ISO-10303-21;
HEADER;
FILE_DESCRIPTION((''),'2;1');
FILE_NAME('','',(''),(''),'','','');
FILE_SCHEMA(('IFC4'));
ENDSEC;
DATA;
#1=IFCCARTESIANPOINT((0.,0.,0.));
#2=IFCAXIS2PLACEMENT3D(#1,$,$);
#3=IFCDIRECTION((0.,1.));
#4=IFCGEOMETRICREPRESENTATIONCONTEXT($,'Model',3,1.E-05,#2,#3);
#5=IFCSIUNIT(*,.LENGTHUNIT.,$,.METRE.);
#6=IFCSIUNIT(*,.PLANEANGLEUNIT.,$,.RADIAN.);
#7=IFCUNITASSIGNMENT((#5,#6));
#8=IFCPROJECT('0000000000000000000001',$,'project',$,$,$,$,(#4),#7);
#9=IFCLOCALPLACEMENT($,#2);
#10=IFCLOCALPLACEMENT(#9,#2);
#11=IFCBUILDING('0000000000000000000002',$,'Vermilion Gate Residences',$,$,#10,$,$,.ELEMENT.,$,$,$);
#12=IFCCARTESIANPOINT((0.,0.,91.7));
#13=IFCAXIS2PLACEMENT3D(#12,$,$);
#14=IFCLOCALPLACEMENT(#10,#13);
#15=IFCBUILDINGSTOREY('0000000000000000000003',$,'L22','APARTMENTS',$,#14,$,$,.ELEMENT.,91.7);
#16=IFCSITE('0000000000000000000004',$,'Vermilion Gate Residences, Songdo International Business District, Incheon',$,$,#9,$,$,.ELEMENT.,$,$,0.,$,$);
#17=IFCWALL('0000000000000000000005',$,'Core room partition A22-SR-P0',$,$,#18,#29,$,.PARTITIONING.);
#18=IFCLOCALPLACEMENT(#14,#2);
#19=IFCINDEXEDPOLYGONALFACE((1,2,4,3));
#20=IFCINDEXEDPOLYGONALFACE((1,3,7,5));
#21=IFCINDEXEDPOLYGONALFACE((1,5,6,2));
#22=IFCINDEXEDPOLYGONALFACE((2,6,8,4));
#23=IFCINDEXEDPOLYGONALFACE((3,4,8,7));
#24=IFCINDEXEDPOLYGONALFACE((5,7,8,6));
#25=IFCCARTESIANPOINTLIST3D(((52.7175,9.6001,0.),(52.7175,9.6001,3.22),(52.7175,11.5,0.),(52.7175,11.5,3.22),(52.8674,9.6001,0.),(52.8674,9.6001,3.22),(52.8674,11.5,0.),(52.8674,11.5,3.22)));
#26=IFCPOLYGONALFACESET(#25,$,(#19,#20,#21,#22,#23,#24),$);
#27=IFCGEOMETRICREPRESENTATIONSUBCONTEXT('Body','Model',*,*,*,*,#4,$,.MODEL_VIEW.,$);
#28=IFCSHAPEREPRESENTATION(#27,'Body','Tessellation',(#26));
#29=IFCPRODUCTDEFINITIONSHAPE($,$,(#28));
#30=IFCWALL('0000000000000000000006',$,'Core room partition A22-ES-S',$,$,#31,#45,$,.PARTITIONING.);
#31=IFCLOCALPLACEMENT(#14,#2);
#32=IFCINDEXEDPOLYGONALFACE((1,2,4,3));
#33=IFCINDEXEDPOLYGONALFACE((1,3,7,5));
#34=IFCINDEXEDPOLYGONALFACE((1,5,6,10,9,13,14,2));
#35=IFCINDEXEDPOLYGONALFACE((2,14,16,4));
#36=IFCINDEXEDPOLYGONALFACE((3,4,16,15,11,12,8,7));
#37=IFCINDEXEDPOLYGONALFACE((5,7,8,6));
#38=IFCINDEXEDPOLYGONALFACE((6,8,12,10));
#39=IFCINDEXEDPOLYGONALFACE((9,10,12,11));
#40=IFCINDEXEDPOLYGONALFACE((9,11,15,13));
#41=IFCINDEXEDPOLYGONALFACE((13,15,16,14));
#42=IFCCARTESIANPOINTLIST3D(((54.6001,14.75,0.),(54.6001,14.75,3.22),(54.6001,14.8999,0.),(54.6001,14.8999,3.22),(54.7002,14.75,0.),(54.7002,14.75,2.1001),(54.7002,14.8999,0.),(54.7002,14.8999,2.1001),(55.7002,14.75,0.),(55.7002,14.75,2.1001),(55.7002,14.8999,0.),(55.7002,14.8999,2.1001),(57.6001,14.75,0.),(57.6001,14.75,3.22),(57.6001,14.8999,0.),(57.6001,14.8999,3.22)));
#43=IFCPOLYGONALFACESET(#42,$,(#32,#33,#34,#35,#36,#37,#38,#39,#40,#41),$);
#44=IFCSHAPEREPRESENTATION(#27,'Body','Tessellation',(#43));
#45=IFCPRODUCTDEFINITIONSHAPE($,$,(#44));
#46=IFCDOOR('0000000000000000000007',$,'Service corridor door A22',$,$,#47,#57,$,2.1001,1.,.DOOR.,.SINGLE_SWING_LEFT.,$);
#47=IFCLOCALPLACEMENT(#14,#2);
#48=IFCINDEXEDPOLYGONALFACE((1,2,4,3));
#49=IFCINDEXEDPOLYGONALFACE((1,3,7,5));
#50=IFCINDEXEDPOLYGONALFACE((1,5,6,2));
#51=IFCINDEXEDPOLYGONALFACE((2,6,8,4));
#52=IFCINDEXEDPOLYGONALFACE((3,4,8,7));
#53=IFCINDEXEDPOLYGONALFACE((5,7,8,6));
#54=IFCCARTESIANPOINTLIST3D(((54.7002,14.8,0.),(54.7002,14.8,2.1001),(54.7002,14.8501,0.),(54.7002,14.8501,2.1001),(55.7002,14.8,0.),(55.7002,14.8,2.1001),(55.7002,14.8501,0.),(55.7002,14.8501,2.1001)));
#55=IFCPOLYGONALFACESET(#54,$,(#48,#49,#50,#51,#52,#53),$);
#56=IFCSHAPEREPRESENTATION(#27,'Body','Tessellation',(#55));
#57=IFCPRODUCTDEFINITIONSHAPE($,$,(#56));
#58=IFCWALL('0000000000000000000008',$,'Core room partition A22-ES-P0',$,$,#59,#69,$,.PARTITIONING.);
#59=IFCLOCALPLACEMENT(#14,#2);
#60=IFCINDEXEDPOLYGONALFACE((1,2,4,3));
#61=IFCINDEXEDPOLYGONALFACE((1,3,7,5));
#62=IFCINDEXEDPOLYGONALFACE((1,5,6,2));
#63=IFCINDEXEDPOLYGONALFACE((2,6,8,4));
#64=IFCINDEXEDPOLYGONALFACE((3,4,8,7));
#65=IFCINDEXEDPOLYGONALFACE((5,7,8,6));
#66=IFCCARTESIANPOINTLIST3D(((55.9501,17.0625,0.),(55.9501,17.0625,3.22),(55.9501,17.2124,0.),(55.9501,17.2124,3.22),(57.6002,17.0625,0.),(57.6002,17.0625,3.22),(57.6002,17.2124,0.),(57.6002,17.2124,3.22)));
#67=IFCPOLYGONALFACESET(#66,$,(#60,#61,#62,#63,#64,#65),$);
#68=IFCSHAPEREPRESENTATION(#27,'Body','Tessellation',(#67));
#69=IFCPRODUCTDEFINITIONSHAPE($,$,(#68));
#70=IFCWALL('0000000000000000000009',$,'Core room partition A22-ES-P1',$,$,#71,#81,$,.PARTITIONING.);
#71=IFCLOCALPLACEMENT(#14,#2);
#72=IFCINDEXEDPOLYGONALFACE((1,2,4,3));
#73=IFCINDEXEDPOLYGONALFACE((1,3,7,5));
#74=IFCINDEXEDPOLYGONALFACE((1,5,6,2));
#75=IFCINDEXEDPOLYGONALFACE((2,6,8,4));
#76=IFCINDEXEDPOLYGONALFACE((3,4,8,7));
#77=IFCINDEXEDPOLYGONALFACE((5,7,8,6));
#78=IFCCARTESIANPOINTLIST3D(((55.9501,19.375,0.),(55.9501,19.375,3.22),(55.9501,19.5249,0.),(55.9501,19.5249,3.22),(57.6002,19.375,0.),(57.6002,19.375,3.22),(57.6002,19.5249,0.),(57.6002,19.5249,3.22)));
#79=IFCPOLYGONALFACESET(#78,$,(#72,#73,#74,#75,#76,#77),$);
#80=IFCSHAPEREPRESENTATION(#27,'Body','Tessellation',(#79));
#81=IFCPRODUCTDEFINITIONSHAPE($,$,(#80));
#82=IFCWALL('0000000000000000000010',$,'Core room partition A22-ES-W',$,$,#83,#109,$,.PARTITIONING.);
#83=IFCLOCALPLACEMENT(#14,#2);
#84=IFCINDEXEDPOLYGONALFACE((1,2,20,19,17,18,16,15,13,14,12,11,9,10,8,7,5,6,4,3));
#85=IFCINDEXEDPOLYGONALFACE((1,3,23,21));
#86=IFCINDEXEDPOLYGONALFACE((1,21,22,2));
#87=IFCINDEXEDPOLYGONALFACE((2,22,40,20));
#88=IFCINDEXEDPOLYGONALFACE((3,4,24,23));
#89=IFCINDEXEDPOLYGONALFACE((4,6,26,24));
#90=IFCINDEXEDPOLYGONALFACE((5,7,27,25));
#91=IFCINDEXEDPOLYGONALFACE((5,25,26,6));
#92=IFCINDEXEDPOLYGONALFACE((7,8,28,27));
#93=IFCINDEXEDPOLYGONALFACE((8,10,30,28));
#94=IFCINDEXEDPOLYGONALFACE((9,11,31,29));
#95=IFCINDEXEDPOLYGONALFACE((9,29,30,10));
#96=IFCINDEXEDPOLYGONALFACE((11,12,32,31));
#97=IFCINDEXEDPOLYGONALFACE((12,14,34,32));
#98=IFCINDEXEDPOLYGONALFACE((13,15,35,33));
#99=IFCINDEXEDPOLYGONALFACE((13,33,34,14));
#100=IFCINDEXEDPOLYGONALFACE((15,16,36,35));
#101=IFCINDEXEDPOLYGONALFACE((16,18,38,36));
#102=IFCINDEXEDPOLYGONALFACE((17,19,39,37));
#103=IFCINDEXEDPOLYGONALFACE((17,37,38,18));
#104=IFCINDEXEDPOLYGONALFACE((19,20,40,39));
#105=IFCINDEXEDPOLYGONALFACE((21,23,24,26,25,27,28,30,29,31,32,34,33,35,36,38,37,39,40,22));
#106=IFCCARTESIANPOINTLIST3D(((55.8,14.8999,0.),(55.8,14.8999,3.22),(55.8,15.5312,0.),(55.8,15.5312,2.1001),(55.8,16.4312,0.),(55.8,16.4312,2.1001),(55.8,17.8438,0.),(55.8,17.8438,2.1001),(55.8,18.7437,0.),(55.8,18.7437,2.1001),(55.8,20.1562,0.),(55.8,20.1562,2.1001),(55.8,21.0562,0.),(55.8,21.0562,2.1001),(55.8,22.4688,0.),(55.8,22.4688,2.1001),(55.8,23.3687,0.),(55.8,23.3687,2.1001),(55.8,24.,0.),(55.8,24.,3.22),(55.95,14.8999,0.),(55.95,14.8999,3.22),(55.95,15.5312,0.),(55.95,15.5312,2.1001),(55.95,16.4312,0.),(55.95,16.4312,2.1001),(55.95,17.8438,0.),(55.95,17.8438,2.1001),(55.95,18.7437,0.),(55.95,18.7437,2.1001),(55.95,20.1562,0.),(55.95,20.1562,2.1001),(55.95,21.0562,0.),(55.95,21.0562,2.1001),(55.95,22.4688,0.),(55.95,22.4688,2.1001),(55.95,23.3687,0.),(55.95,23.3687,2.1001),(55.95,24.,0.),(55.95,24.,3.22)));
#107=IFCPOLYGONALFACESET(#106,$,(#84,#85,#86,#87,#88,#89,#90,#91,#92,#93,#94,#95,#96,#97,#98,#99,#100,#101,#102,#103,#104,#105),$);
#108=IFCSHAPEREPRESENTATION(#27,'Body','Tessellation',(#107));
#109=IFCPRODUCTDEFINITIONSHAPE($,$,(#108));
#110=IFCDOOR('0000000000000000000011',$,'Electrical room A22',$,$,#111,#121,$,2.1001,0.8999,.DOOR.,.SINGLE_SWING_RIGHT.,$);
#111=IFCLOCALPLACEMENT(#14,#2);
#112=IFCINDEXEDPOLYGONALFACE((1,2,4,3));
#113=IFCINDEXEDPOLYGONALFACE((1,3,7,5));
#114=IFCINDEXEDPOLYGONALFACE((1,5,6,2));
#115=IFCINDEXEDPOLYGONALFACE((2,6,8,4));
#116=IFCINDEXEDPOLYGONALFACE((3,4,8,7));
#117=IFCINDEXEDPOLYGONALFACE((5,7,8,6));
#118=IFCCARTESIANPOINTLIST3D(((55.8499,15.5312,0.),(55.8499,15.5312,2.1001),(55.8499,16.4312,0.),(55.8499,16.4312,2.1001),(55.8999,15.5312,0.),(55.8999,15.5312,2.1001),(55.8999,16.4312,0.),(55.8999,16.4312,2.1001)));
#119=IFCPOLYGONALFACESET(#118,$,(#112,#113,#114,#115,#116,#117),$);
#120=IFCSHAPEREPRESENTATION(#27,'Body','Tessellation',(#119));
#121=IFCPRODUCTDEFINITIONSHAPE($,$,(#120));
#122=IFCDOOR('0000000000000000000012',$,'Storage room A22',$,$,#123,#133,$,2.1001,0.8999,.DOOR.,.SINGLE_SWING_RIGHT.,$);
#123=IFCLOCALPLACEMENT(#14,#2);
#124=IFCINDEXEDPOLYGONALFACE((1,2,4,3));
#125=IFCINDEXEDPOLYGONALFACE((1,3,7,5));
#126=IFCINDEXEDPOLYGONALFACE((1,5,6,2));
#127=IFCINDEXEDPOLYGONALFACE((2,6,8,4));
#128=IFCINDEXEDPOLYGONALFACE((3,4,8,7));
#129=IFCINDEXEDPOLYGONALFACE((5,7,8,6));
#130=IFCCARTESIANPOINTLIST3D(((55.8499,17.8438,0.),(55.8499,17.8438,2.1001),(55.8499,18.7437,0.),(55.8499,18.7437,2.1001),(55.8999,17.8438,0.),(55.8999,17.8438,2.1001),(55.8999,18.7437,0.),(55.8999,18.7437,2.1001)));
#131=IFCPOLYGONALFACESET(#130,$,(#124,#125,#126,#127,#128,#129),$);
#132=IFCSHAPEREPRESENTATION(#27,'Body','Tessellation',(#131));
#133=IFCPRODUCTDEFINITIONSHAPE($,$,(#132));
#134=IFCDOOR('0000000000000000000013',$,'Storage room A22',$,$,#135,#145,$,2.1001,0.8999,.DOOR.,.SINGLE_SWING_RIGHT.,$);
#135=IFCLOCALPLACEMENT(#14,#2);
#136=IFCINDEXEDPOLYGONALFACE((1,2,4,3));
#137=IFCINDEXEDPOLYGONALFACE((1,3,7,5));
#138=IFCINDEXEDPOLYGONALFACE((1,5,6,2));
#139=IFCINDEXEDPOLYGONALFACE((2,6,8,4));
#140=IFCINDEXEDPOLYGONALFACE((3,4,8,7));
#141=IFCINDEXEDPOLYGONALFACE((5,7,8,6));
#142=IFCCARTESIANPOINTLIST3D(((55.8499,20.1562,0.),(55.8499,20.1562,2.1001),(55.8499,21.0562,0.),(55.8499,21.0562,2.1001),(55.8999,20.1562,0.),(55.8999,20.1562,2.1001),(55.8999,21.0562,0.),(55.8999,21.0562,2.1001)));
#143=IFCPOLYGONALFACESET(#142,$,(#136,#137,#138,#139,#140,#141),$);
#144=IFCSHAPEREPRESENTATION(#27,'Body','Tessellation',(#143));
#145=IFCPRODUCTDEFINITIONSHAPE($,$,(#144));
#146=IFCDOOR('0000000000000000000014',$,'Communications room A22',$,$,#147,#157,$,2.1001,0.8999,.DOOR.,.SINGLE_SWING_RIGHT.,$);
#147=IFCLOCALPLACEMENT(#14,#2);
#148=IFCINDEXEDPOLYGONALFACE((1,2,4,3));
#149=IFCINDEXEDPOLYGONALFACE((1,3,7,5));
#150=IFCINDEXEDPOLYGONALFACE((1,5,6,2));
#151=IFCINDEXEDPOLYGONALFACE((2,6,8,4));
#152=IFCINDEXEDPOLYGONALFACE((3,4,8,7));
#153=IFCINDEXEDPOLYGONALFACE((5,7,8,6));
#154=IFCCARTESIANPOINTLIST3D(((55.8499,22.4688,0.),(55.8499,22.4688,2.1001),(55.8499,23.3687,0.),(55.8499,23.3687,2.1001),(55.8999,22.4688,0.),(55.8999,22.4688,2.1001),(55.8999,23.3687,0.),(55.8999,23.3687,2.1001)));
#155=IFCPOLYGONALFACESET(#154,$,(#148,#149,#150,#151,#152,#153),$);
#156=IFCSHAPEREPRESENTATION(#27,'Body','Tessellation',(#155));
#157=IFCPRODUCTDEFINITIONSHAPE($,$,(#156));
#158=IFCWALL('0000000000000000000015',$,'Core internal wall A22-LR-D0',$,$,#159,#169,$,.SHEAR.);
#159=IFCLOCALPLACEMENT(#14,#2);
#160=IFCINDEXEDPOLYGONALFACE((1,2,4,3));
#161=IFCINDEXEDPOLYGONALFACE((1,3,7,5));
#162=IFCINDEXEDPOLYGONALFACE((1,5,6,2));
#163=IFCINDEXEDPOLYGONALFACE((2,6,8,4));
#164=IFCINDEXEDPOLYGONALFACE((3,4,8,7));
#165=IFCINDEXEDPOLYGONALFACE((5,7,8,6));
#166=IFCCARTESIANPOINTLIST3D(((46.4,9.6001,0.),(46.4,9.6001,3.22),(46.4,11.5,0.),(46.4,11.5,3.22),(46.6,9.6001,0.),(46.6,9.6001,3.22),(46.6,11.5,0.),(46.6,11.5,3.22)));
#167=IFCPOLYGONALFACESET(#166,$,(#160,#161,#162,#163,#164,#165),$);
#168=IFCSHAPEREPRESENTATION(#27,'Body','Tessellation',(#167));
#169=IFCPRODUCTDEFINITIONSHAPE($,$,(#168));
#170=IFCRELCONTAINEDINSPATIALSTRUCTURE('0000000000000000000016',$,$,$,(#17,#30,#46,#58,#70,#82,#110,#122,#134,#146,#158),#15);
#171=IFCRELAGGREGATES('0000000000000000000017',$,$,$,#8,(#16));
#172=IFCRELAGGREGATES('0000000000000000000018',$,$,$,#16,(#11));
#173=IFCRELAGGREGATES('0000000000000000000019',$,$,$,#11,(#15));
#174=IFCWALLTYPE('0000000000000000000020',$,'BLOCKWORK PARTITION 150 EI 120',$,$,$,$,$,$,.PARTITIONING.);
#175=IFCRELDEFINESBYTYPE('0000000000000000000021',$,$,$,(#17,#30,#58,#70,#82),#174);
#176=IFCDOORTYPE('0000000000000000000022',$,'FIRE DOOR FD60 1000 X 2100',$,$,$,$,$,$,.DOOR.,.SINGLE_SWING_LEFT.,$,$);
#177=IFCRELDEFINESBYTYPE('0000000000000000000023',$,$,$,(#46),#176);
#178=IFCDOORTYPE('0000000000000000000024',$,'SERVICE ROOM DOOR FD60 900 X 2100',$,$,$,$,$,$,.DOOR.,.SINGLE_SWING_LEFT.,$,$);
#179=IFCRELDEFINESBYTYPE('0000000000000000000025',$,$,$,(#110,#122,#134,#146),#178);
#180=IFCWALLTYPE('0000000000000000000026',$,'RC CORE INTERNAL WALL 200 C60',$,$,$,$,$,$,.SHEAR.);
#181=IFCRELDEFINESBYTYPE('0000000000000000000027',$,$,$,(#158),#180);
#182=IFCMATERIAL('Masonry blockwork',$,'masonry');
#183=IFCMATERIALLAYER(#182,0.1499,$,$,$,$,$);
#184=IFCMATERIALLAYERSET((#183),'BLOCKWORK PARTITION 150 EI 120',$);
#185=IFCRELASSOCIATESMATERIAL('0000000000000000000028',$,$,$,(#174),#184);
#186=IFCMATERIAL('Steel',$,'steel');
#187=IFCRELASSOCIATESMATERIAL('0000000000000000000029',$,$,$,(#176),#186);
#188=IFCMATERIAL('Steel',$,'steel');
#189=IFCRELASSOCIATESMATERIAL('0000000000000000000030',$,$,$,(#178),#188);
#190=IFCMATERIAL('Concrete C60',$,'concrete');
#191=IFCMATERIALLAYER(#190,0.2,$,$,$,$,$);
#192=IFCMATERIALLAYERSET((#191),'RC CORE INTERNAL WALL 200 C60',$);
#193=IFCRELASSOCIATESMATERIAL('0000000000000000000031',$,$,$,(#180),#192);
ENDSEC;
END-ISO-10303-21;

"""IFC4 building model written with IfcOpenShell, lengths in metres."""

from ifc_helpers import new_model, si_unit, direction, frame, frame_2d, origin, place, context, subcontext, project, spatial, rectangle, extrude, material, layer, layer_set, type_object, element, fill, save


model = new_model("IFC4")

# Units and contexts
model_context = context("Model", 3, precision=1e-05, world=origin(), true_north=direction((0.0, 1.0)))
body_context = subcontext(model_context, "Body", "Model", "MODEL_VIEW")
ifc_project = project(units=[si_unit("LENGTHUNIT", "METRE"), si_unit("PLANEANGLEUNIT", "RADIAN")], contexts=[model_context])

# Site, building, storey
site_placement = place(None, origin())
site = spatial("IfcSite", under=ifc_project, at=site_placement, Name="Vermilion Gate Residences, Songdo International Business District, Incheon", CompositionType="ELEMENT", RefElevation=0.0)
building_placement = place(site_placement, origin())
building = spatial("IfcBuilding", under=site, at=building_placement, Name="Vermilion Gate Residences", CompositionType="ELEMENT")
storey_placement = place(building_placement, frame((0.0, 0.0, 91.7)))
storey = spatial("IfcBuildingStorey", under=building, at=storey_placement, Name="L22", Description="APARTMENTS", CompositionType="ELEMENT", Elevation=91.7)

# Wall
ifc_material_1 = material(Name="Masonry blockwork", Category="masonry")
ifc_layer_1 = layer(ifc_material_1, 0.1499)
ifc_layer_set_1 = layer_set([ifc_layer_1], Name="BLOCKWORK PARTITION 150 EI 120")
wall_type_1 = type_object("IfcWallType", Name="BLOCKWORK PARTITION 150 EI 120", PredefinedType="PARTITIONING", material=ifc_layer_set_1)
wall_1_placement = place(storey_placement, frame((52.7925, 9.6001, 0.0), z_axis=(0.0, 0.0, 1.0), x_axis=(0.0, 1.0, 0.0)))
element("IfcWall", 1, at=wall_1_placement, inside=storey, type_object=wall_type_1, Name="Core room partition A22-SR-P0", PredefinedType="PARTITIONING", context=body_context, shape_type="SweptSolid", body=[
    extrude(rectangle(XDim=1.8999, YDim=0.1499, at=frame_2d((0.95, 0.0))), origin(), (0.0, 0.0, 1.0), 3.22),
])

# Wall, opening, door
wall_2_placement = place(storey_placement, frame((54.6001, 14.825, 0.0), z_axis=(0.0, 0.0, 1.0), x_axis=(1.0, 0.0, 0.0)))
wall_2 = element("IfcWall", 2, at=wall_2_placement, inside=storey, type_object=wall_type_1, Name="Core room partition A22-ES-S", PredefinedType="PARTITIONING", context=body_context, shape_type="SweptSolid", body=[
    extrude(rectangle(XDim=3.0, YDim=0.1499, at=frame_2d((1.5, 0.0))), origin(), (0.0, 0.0, 1.0), 3.22),
])
opening_1_placement = place(wall_2_placement, frame((0.1001, 0.0, 0.0)))
opening_1 = element("IfcOpeningElement", 3, at=opening_1_placement, cuts=wall_2, PredefinedType="OPENING", context=body_context, shape_type="SweptSolid", body=[
    extrude(rectangle(XDim=1.0, YDim=2.1001, at=frame_2d((0.5, 1.05))), frame((0.0, 0.085, 0.0), z_axis=(0.0, -1.0, 0.0), x_axis=(1.0, 0.0, 0.0)), (0.0, 0.0, 1.0), 0.1699),
])
ifc_material_2 = material(Name="Steel", Category="steel")
door_type_1 = type_object("IfcDoorType", Name="FIRE DOOR FD60 1000 X 2100", OperationType="SINGLE_SWING_LEFT", PredefinedType="DOOR", material=ifc_material_2)
door_1_placement = place(opening_1_placement, frame((1.0, 0.0, 0.0), z_axis=(0.0, 0.0, 1.0), x_axis=(-1.0, 0.0, 0.0)))
door_1 = element("IfcDoor", 4, at=door_1_placement, inside=storey, type_object=door_type_1, Name="Service corridor door A22", OperationType="SINGLE_SWING_LEFT", OverallHeight=2.1001, OverallWidth=1.0, PredefinedType="DOOR", context=body_context, shape_type="SweptSolid", body=[
    extrude(rectangle(XDim=1.0, YDim=2.1001, at=frame_2d((0.5, 1.05))), frame((0.0, 0.0249, 0.0), z_axis=(0.0, -1.0, 0.0), x_axis=(1.0, 0.0, 0.0)), (0.0, 0.0, 1.0), 0.05),
])
fill(opening_1, door_1)

# Walls
for number, where, z_axis, x_axis, name in (
    (5, (55.95, 17.1375, 0.0), (0.0, 0.0, 1.0), (1.0, 0.0, 0.0), "Core room partition A22-ES-P0"),
    (6, (55.95, 19.45, 0.0), (0.0, 0.0, 1.0), (1.0, 0.0, 0.0), "Core room partition A22-ES-P1"),
):
    element("IfcWall", number, at=place(storey_placement, frame(where, z_axis=z_axis, x_axis=x_axis)), inside=storey, type_object=wall_type_1, Name=name, PredefinedType="PARTITIONING", context=body_context, shape_type="SweptSolid", body=[
        extrude(rectangle(XDim=1.6501, YDim=0.1499, at=frame_2d((0.8252, 0.0))), origin(), (0.0, 0.0, 1.0), 3.22),
    ])

# Wall, openings, doors
wall_3_placement = place(storey_placement, frame((55.875, 14.8999, 0.0), z_axis=(0.0, 0.0, 1.0), x_axis=(0.0, 1.0, 0.0)))
wall_3 = element("IfcWall", 7, at=wall_3_placement, inside=storey, type_object=wall_type_1, Name="Core room partition A22-ES-W", PredefinedType="PARTITIONING", context=body_context, shape_type="SweptSolid", body=[
    extrude(rectangle(XDim=9.1001, YDim=0.1499, at=frame_2d((4.55, 0.0))), origin(), (0.0, 0.0, 1.0), 3.22),
])
opening_2_placement = place(wall_3_placement, frame((0.6313, 0.0, 0.0)))
opening_2 = element("IfcOpeningElement", 8, at=opening_2_placement, cuts=wall_3, PredefinedType="OPENING", context=body_context, shape_type="SweptSolid", body=[
    extrude(rectangle(XDim=0.8999, YDim=2.1001, at=frame_2d((0.45, 1.05))), frame((0.0, 0.085, 0.0), z_axis=(0.0, -1.0, 0.0), x_axis=(1.0, 0.0, 0.0)), (0.0, 0.0, 1.0), 0.1699),
])
opening_3_placement = place(wall_3_placement, frame((2.9438, 0.0, 0.0)))
opening_3 = element("IfcOpeningElement", 9, at=opening_3_placement, cuts=wall_3, PredefinedType="OPENING", context=body_context, shape_type="SweptSolid", body=[
    extrude(rectangle(XDim=0.8999, YDim=2.1001, at=frame_2d((0.45, 1.05))), frame((0.0, 0.085, 0.0), z_axis=(0.0, -1.0, 0.0), x_axis=(1.0, 0.0, 0.0)), (0.0, 0.0, 1.0), 0.1699),
])
opening_4_placement = place(wall_3_placement, frame((5.2563, 0.0, 0.0)))
opening_4 = element("IfcOpeningElement", 10, at=opening_4_placement, cuts=wall_3, PredefinedType="OPENING", context=body_context, shape_type="SweptSolid", body=[
    extrude(rectangle(XDim=0.8999, YDim=2.1001, at=frame_2d((0.45, 1.05))), frame((0.0, 0.085, 0.0), z_axis=(0.0, -1.0, 0.0), x_axis=(1.0, 0.0, 0.0)), (0.0, 0.0, 1.0), 0.1699),
])
opening_5_placement = place(wall_3_placement, frame((7.5688, 0.0, 0.0)))
opening_5 = element("IfcOpeningElement", 11, at=opening_5_placement, cuts=wall_3, PredefinedType="OPENING", context=body_context, shape_type="SweptSolid", body=[
    extrude(rectangle(XDim=0.8999, YDim=2.1001, at=frame_2d((0.45, 1.05))), frame((0.0, 0.085, 0.0), z_axis=(0.0, -1.0, 0.0), x_axis=(1.0, 0.0, 0.0)), (0.0, 0.0, 1.0), 0.1699),
])
ifc_material_3 = material(Name="Steel", Category="steel")
door_type_2 = type_object("IfcDoorType", Name="SERVICE ROOM DOOR FD60 900 X 2100", OperationType="SINGLE_SWING_LEFT", PredefinedType="DOOR", material=ifc_material_3)
door_2_placement = place(opening_2_placement, frame((0.8999, 0.0, 0.0), z_axis=(0.0, 0.0, 1.0), x_axis=(-1.0, 0.0, 0.0)))
door_2 = element("IfcDoor", 12, at=door_2_placement, inside=storey, type_object=door_type_2, Name="Electrical room A22", OperationType="SINGLE_SWING_RIGHT", OverallHeight=2.1001, OverallWidth=0.8999, PredefinedType="DOOR", context=body_context, shape_type="SweptSolid", body=[
    extrude(rectangle(XDim=0.8999, YDim=2.1001, at=frame_2d((0.45, 1.05))), frame((0.0, 0.0249, 0.0), z_axis=(0.0, -1.0, 0.0), x_axis=(1.0, 0.0, 0.0)), (0.0, 0.0, 1.0), 0.05),
])
fill(opening_2, door_2)
door_3_placement = place(opening_3_placement, frame((0.8999, 0.0, 0.0), z_axis=(0.0, 0.0, 1.0), x_axis=(-1.0, 0.0, 0.0)))
door_3 = element("IfcDoor", 13, at=door_3_placement, inside=storey, type_object=door_type_2, Name="Storage room A22", OperationType="SINGLE_SWING_RIGHT", OverallHeight=2.1001, OverallWidth=0.8999, PredefinedType="DOOR", context=body_context, shape_type="SweptSolid", body=[
    extrude(rectangle(XDim=0.8999, YDim=2.1001, at=frame_2d((0.45, 1.05))), frame((0.0, 0.0249, 0.0), z_axis=(0.0, -1.0, 0.0), x_axis=(1.0, 0.0, 0.0)), (0.0, 0.0, 1.0), 0.05),
])
fill(opening_3, door_3)
door_4_placement = place(opening_4_placement, frame((0.8999, 0.0, 0.0), z_axis=(0.0, 0.0, 1.0), x_axis=(-1.0, 0.0, 0.0)))
door_4 = element("IfcDoor", 14, at=door_4_placement, inside=storey, type_object=door_type_2, Name="Storage room A22", OperationType="SINGLE_SWING_RIGHT", OverallHeight=2.1001, OverallWidth=0.8999, PredefinedType="DOOR", context=body_context, shape_type="SweptSolid", body=[
    extrude(rectangle(XDim=0.8999, YDim=2.1001, at=frame_2d((0.45, 1.05))), frame((0.0, 0.0249, 0.0), z_axis=(0.0, -1.0, 0.0), x_axis=(1.0, 0.0, 0.0)), (0.0, 0.0, 1.0), 0.05),
])
fill(opening_4, door_4)
door_5_placement = place(opening_5_placement, frame((0.8999, 0.0, 0.0), z_axis=(0.0, 0.0, 1.0), x_axis=(-1.0, 0.0, 0.0)))
door_5 = element("IfcDoor", 15, at=door_5_placement, inside=storey, type_object=door_type_2, Name="Communications room A22", OperationType="SINGLE_SWING_RIGHT", OverallHeight=2.1001, OverallWidth=0.8999, PredefinedType="DOOR", context=body_context, shape_type="SweptSolid", body=[
    extrude(rectangle(XDim=0.8999, YDim=2.1001, at=frame_2d((0.45, 1.05))), frame((0.0, 0.0249, 0.0), z_axis=(0.0, -1.0, 0.0), x_axis=(1.0, 0.0, 0.0)), (0.0, 0.0, 1.0), 0.05),
])
fill(opening_5, door_5)

# Wall
ifc_material_4 = material(Name="Concrete C60", Category="concrete")
ifc_layer_2 = layer(ifc_material_4, 0.2)
ifc_layer_set_2 = layer_set([ifc_layer_2], Name="RC CORE INTERNAL WALL 200 C60")
wall_type_2 = type_object("IfcWallType", Name="RC CORE INTERNAL WALL 200 C60", PredefinedType="SHEAR", material=ifc_layer_set_2)
for number, where, z_axis, x_axis, name in (
    (16, (46.5, 9.6001, 0.0), (0.0, 0.0, 1.0), (0.0, 1.0, 0.0), "Core internal wall A22-LR-D0"),
):
    element("IfcWall", number, at=place(storey_placement, frame(where, z_axis=z_axis, x_axis=x_axis)), inside=storey, type_object=wall_type_2, Name=name, PredefinedType="SHEAR", context=body_context, shape_type="SweptSolid", body=[
        extrude(rectangle(XDim=1.8999, YDim=0.2, at=frame_2d((0.95, 0.0))), origin(), (0.0, 0.0, 1.0), 3.22),
    ])

save(model, "model.ifc")
